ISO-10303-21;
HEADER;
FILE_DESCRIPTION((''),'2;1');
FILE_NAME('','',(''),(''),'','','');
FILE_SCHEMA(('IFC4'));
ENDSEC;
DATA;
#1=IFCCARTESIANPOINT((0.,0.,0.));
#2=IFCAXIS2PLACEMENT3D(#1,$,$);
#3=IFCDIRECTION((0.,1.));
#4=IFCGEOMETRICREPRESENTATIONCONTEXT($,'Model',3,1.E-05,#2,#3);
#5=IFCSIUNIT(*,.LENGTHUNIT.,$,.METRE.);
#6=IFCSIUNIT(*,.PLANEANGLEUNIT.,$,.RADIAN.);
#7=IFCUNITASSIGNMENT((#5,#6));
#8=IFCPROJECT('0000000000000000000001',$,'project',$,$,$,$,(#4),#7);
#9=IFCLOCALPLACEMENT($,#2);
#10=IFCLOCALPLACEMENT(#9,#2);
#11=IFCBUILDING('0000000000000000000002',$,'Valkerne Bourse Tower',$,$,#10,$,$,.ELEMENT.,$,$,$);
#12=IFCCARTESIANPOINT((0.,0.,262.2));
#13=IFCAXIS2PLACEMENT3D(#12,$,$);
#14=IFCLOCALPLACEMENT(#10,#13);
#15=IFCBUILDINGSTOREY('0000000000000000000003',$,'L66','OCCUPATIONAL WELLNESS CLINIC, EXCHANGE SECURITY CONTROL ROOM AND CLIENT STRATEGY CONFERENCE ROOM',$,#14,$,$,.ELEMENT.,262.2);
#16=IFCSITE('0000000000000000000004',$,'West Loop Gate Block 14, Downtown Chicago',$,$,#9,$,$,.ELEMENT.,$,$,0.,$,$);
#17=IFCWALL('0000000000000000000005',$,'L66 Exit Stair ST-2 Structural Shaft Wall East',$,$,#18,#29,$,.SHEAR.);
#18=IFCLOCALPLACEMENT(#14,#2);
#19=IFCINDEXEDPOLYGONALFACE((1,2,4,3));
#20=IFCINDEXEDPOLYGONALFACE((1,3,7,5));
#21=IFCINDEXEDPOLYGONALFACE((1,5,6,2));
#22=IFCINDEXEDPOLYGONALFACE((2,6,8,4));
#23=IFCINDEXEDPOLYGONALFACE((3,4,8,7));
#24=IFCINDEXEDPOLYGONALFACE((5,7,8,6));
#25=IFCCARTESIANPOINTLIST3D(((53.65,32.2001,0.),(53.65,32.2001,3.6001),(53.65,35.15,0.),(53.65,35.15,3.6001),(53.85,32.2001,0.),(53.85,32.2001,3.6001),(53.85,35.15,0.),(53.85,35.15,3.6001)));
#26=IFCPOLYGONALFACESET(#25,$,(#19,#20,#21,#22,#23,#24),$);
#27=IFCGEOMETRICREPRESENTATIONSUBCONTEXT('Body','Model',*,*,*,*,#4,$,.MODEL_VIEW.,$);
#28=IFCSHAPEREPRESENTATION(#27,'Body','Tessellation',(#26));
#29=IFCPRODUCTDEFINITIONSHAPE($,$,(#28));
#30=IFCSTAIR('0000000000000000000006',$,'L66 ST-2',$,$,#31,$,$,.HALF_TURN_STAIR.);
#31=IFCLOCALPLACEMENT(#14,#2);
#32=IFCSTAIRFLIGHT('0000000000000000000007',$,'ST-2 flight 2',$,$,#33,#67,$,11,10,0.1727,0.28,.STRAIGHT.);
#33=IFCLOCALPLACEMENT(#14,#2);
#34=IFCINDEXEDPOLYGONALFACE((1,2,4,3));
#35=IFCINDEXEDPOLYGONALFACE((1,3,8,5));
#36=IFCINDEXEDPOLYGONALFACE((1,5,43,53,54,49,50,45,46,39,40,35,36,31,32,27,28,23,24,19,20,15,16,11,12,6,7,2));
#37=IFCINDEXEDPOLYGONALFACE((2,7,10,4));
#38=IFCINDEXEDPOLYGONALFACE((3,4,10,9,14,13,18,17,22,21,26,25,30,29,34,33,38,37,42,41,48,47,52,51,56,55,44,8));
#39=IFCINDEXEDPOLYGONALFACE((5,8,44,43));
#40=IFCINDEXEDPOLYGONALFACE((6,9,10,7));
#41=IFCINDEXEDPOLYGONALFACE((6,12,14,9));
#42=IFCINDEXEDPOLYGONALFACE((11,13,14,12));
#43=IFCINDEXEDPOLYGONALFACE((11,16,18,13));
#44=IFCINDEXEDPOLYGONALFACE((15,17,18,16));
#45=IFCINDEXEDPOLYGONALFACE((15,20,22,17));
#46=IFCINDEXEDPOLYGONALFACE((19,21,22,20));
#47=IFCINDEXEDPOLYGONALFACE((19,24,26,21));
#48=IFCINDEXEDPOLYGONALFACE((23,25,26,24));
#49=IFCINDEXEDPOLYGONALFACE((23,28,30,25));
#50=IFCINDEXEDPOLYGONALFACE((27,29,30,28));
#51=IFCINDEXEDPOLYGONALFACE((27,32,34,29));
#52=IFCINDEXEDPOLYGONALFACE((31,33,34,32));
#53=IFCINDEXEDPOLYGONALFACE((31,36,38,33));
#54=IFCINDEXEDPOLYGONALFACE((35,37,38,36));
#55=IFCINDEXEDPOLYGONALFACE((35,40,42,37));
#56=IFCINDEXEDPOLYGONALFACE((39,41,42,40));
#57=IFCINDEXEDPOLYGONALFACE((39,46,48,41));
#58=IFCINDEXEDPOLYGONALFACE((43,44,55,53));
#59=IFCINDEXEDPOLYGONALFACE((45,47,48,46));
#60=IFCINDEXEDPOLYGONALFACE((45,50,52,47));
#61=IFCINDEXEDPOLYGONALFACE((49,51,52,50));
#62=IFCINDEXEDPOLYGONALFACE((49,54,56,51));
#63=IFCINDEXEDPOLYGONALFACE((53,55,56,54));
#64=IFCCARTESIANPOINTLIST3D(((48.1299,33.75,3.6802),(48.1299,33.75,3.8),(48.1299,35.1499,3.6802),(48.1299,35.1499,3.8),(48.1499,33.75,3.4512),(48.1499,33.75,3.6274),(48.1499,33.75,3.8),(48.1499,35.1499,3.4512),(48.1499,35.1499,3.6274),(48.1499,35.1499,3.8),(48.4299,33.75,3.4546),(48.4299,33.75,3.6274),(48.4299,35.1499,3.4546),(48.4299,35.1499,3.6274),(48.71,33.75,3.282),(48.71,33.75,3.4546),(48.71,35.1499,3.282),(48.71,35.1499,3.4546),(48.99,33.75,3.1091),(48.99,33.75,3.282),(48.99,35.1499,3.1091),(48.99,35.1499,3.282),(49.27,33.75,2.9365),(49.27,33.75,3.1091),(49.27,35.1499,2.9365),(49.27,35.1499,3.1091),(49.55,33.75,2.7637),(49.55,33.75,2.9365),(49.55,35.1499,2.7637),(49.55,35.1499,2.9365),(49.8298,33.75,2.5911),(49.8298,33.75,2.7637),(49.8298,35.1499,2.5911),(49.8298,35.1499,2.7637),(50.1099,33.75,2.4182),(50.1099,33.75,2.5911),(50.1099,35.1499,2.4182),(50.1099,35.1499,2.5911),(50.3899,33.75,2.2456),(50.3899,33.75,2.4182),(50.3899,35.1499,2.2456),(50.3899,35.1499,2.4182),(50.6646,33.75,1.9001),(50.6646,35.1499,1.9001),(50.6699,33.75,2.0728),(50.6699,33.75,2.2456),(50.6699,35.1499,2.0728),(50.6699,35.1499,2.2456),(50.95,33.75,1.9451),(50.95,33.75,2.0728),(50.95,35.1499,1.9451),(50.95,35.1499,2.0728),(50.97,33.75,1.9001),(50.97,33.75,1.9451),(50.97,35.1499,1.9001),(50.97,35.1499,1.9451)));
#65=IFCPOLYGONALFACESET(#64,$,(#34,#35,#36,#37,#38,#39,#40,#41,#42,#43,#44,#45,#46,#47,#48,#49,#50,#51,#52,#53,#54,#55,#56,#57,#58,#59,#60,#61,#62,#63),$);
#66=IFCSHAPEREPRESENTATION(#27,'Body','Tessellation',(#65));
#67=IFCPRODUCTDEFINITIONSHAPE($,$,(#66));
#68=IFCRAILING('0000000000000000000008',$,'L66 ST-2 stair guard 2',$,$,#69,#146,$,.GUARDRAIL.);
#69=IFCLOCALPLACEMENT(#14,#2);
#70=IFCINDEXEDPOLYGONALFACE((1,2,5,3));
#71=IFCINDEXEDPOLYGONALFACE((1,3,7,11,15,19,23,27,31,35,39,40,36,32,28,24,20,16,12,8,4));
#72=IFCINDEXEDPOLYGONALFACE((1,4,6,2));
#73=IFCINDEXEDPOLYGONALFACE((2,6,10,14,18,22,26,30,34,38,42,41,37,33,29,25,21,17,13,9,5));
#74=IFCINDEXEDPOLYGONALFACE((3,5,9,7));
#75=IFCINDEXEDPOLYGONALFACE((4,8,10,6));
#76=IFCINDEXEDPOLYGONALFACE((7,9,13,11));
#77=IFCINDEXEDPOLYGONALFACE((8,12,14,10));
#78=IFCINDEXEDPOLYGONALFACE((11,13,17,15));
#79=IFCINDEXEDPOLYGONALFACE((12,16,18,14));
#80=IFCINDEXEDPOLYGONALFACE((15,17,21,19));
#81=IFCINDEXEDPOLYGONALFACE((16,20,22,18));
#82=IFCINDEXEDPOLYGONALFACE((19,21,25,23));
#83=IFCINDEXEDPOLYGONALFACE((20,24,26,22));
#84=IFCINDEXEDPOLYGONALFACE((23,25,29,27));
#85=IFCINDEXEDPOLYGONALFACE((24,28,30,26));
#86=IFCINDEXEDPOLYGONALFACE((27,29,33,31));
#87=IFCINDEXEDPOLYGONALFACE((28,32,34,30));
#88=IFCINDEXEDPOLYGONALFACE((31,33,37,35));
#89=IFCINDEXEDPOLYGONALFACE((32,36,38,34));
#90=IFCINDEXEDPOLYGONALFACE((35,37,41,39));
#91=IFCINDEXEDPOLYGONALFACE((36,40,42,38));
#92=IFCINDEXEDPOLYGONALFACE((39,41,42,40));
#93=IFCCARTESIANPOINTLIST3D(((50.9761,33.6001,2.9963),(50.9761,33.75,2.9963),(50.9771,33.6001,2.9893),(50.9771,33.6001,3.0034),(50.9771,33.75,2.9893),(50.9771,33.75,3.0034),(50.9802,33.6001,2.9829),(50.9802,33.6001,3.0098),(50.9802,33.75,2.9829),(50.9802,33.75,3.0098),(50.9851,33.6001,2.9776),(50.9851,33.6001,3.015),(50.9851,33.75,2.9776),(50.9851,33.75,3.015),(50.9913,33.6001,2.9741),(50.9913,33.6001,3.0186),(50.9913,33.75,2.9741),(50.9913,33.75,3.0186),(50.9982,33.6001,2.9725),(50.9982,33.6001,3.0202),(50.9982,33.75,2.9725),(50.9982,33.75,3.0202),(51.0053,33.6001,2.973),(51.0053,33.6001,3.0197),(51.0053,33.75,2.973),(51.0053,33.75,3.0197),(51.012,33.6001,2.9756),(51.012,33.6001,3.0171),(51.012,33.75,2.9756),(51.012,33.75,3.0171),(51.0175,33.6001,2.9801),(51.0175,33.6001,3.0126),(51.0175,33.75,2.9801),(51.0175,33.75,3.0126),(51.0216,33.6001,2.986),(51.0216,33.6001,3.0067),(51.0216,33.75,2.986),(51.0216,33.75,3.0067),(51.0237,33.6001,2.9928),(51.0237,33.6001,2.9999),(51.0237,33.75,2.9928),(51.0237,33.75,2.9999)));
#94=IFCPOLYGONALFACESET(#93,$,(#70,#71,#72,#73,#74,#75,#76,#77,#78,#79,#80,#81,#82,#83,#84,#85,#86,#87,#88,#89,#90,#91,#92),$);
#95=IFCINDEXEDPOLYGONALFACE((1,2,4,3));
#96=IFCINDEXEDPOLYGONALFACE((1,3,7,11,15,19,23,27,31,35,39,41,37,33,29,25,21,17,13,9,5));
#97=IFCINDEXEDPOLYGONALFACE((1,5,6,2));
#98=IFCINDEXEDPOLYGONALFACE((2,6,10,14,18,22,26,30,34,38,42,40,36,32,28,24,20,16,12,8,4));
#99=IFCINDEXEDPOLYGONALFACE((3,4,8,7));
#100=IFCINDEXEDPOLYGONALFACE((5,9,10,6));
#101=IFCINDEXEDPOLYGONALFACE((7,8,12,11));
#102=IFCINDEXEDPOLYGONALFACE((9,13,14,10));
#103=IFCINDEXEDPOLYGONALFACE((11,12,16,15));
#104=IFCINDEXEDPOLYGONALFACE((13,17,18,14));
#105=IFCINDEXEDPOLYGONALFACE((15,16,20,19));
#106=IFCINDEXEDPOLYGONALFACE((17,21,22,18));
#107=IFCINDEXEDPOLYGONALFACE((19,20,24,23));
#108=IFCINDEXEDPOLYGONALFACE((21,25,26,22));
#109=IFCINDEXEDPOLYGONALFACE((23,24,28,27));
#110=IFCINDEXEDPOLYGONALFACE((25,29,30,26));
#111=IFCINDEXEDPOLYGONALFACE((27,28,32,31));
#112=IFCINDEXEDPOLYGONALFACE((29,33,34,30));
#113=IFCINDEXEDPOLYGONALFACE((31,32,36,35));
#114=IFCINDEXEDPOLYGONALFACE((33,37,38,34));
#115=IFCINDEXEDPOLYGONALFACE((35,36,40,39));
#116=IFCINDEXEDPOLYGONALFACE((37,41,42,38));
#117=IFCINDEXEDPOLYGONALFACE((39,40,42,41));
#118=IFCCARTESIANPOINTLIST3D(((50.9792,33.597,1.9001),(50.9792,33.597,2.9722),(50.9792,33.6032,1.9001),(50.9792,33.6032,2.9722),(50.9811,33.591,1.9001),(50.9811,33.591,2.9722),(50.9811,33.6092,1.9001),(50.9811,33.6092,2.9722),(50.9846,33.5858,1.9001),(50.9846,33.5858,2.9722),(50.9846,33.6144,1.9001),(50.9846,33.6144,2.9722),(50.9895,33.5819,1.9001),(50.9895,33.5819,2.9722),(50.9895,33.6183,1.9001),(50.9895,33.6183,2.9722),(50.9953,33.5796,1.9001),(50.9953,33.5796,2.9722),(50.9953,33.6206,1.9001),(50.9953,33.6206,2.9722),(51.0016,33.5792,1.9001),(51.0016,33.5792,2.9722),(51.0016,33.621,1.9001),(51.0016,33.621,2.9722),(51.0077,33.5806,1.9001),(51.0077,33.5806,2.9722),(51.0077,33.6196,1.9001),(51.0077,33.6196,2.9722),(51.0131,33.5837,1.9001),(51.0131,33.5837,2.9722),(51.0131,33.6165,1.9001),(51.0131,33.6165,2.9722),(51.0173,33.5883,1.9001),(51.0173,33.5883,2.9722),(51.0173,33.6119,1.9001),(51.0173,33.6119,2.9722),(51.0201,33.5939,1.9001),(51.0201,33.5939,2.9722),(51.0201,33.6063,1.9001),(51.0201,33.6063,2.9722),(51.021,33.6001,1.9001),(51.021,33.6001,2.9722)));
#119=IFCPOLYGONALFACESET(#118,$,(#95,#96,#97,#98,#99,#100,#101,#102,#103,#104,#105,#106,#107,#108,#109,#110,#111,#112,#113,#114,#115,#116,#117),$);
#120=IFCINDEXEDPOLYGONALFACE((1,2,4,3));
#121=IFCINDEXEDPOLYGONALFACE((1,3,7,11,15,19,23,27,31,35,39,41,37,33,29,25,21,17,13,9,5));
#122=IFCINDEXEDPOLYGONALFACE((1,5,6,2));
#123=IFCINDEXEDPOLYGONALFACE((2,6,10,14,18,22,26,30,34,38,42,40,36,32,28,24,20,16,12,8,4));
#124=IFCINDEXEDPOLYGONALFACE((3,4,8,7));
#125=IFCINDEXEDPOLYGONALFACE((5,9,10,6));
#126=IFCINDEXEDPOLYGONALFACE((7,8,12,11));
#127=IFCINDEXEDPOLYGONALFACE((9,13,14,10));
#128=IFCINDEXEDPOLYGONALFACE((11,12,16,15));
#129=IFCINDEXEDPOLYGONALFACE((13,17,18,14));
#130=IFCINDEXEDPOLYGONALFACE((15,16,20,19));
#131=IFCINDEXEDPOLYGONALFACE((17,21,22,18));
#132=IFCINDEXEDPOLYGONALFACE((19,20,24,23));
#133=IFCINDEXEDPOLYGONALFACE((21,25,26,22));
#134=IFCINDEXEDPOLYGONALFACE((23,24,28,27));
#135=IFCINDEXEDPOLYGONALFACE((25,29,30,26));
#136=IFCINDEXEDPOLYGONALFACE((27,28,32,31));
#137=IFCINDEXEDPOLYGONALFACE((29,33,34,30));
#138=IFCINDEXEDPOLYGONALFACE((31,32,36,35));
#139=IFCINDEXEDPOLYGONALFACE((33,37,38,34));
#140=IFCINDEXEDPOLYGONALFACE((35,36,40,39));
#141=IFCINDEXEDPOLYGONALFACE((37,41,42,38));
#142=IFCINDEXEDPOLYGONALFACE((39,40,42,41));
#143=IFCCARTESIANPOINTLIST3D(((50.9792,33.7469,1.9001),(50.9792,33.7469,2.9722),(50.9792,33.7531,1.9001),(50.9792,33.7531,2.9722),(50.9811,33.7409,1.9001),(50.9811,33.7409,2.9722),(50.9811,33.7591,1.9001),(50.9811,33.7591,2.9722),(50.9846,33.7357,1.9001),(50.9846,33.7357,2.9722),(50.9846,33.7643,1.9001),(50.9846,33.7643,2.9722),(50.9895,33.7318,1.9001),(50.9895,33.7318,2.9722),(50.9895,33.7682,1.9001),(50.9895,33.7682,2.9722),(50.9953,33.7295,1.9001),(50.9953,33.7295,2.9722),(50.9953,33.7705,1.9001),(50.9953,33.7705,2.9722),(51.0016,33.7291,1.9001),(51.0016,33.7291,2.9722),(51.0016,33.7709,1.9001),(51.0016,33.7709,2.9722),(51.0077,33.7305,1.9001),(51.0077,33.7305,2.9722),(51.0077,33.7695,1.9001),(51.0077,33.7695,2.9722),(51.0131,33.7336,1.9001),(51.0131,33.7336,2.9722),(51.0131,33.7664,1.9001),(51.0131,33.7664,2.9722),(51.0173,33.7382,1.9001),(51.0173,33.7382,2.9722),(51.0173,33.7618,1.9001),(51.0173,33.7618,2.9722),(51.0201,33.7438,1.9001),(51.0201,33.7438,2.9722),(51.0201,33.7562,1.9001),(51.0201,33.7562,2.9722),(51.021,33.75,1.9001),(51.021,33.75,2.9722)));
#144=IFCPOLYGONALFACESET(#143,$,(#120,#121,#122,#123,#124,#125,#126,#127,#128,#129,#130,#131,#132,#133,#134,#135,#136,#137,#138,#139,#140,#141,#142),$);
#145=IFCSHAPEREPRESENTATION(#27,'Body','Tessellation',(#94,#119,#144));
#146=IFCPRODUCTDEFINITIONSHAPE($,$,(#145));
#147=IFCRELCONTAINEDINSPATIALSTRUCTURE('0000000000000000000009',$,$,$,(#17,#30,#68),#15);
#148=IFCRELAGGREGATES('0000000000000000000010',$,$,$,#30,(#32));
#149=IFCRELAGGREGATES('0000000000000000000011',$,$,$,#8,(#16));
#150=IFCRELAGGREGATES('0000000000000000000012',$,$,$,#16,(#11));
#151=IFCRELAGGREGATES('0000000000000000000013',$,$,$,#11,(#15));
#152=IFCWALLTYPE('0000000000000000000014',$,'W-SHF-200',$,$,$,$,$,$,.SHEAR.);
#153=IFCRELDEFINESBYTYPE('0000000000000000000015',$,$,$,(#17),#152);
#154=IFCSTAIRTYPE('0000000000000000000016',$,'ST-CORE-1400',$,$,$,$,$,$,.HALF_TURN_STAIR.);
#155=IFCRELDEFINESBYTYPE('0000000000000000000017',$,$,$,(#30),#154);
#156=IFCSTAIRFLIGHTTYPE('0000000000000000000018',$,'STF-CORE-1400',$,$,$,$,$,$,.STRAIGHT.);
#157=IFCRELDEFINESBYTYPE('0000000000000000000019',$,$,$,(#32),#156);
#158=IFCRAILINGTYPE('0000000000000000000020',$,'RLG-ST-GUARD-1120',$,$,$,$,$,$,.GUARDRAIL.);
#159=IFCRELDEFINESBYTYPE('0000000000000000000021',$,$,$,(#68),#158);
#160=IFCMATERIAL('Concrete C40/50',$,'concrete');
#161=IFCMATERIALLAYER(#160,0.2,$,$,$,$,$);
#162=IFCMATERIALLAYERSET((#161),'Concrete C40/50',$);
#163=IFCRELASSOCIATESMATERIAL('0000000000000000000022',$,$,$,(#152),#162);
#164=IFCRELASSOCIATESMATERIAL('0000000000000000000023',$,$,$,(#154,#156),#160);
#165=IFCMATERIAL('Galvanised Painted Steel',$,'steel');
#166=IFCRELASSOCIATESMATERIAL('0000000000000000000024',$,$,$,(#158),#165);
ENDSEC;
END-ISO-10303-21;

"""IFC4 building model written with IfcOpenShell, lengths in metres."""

from ifc_helpers import new_model, si_unit, direction, frame, frame_2d, origin, origin_2d, place, context, subcontext, project, spatial, polyline, rectangle, circle, outline, extrude, material, layer, layer_set, type_object, element, aggregate, save


model = new_model("IFC4")

# Units and contexts
model_context = context("Model", 3, precision=1e-05, world=origin(), true_north=direction((0.0, 1.0)))
body_context = subcontext(model_context, "Body", "Model", "MODEL_VIEW")
ifc_project = project(units=[si_unit("LENGTHUNIT", "METRE"), si_unit("PLANEANGLEUNIT", "RADIAN")], contexts=[model_context])

# Site, building, storey
site_placement = place(None, origin())
site = spatial("IfcSite", under=ifc_project, at=site_placement, Name="West Loop Gate Block 14, Downtown Chicago", CompositionType="ELEMENT", RefElevation=0.0)
building_placement = place(site_placement, origin())
building = spatial("IfcBuilding", under=site, at=building_placement, Name="Valkerne Bourse Tower", CompositionType="ELEMENT")
storey_placement = place(building_placement, frame((0.0, 0.0, 262.2)))
storey = spatial("IfcBuildingStorey", under=building, at=storey_placement, Name="L66", Description="OCCUPATIONAL WELLNESS CLINIC, EXCHANGE SECURITY CONTROL ROOM AND CLIENT STRATEGY CONFERENCE ROOM", CompositionType="ELEMENT", Elevation=262.2)

# Wall
ifc_material_1 = material(Name="Concrete C40/50", Category="concrete")
ifc_layer_1 = layer(ifc_material_1, 0.2)
ifc_layer_set_1 = layer_set([ifc_layer_1], Name="Concrete C40/50")
wall_type_1 = type_object("IfcWallType", Name="W-SHF-200", PredefinedType="SHEAR", material=ifc_layer_set_1)
wall_1_placement = place(storey_placement, frame((53.75, 32.2, 0.0), z_axis=(0.0, 0.0, 1.0), x_axis=(0.0, 1.0, 0.0)))
element("IfcWall", 1, at=wall_1_placement, inside=storey, type_object=wall_type_1, Name="L66 Exit Stair ST-2 Structural Shaft Wall East", PredefinedType="SHEAR", context=body_context, shape_type="SweptSolid", body=[
    extrude(rectangle(XDim=2.95, YDim=0.2, at=frame_2d((1.4751, 0.0))), origin(), (0.0, 0.0, 1.0), 3.6001),
])

# Stair, stair flight
stair_type = type_object("IfcStairType", Name="ST-CORE-1400", PredefinedType="HALF_TURN_STAIR", material=ifc_material_1)
stair_placement = place(storey_placement, origin())
stair = element("IfcStair", 2, at=stair_placement, inside=storey, type_object=stair_type, Name="L66 ST-2", PredefinedType="HALF_TURN_STAIR")
stair_flight_type = type_object("IfcStairFlightType", Name="STF-CORE-1400", PredefinedType="STRAIGHT", material=ifc_material_1)
stair_flight_placement = place(storey_placement, frame((50.95, 34.45, 1.9001), z_axis=(0.0, 0.0, 1.0), x_axis=(-1.0, 0.0, 0.0)))
stair_flight = element("IfcStairFlight", 3, at=stair_flight_placement, type_object=stair_flight_type, Name="ST-2 flight 2", NumberOfRisers=11, NumberOfTreads=10, PredefinedType="STRAIGHT", RiserHeight=0.1727, TreadLength=0.28, context=body_context, shape_type="SweptSolid", body=[
    extrude(outline(polyline([(-0.02, 0.0), (-0.02, 0.0449), (0.0, 0.0449), (0.0, 0.1726), (0.28, 0.1726), (0.28, 0.3455), (0.5601, 0.3455), (0.5601, 0.5181), (0.8401, 0.5181), (0.8401, 0.6909), (1.1201, 0.6909), (1.1201, 0.8635), (1.3999, 0.8635), (1.3999, 1.0364), (1.6799, 1.0364), (1.6799, 1.209), (1.96, 1.209), (1.96, 1.3818), (2.24, 1.3818), (2.24, 1.5544), (2.52, 1.5544), (2.52, 1.7273), (2.8, 1.7273), (2.8, 1.8999), (2.8201, 1.8999), (2.8201, 1.78), (2.8, 1.551), (0.2854, 0.0), (-0.02, 0.0)])), frame((0.0, 0.7, 0.0), z_axis=(0.0, -1.0, 0.0), x_axis=(1.0, 0.0, 0.0)), (0.0, 0.0, 1.0), 1.3999),
])
aggregate(stair, [stair_flight])

# Railing
ifc_material_2 = material(Name="Galvanised Painted Steel", Category="steel")
railing_type = type_object("IfcRailingType", Name="RLG-ST-GUARD-1120", PredefinedType="GUARDRAIL", material=ifc_material_2)
railing_1_placement = place(storey_placement, frame((51.0, 33.6001, 1.9001)))
element("IfcRailing", 4, at=railing_1_placement, inside=storey, type_object=railing_type, Name="L66 ST-2 stair guard 2", PredefinedType="GUARDRAIL", context=body_context, shape_type="SweptSolid", body=[
    extrude(circle(Radius=0.0239, at=origin_2d()), frame((0.0, 0.0, 1.0962), z_axis=(0.0, 1.0, 0.0), x_axis=(-1.0, 0.0, 0.0)), (0.0, 0.0, 1.0), 0.1499),
    extrude(circle(Radius=0.021, at=origin_2d()), origin(), (0.0, 0.0, 1.0), 1.072),
    extrude(circle(Radius=0.021, at=origin_2d()), frame((0.0, 0.1499, 0.0)), (0.0, 0.0, 1.0), 1.072),
])

save(model, "model.ifc")
